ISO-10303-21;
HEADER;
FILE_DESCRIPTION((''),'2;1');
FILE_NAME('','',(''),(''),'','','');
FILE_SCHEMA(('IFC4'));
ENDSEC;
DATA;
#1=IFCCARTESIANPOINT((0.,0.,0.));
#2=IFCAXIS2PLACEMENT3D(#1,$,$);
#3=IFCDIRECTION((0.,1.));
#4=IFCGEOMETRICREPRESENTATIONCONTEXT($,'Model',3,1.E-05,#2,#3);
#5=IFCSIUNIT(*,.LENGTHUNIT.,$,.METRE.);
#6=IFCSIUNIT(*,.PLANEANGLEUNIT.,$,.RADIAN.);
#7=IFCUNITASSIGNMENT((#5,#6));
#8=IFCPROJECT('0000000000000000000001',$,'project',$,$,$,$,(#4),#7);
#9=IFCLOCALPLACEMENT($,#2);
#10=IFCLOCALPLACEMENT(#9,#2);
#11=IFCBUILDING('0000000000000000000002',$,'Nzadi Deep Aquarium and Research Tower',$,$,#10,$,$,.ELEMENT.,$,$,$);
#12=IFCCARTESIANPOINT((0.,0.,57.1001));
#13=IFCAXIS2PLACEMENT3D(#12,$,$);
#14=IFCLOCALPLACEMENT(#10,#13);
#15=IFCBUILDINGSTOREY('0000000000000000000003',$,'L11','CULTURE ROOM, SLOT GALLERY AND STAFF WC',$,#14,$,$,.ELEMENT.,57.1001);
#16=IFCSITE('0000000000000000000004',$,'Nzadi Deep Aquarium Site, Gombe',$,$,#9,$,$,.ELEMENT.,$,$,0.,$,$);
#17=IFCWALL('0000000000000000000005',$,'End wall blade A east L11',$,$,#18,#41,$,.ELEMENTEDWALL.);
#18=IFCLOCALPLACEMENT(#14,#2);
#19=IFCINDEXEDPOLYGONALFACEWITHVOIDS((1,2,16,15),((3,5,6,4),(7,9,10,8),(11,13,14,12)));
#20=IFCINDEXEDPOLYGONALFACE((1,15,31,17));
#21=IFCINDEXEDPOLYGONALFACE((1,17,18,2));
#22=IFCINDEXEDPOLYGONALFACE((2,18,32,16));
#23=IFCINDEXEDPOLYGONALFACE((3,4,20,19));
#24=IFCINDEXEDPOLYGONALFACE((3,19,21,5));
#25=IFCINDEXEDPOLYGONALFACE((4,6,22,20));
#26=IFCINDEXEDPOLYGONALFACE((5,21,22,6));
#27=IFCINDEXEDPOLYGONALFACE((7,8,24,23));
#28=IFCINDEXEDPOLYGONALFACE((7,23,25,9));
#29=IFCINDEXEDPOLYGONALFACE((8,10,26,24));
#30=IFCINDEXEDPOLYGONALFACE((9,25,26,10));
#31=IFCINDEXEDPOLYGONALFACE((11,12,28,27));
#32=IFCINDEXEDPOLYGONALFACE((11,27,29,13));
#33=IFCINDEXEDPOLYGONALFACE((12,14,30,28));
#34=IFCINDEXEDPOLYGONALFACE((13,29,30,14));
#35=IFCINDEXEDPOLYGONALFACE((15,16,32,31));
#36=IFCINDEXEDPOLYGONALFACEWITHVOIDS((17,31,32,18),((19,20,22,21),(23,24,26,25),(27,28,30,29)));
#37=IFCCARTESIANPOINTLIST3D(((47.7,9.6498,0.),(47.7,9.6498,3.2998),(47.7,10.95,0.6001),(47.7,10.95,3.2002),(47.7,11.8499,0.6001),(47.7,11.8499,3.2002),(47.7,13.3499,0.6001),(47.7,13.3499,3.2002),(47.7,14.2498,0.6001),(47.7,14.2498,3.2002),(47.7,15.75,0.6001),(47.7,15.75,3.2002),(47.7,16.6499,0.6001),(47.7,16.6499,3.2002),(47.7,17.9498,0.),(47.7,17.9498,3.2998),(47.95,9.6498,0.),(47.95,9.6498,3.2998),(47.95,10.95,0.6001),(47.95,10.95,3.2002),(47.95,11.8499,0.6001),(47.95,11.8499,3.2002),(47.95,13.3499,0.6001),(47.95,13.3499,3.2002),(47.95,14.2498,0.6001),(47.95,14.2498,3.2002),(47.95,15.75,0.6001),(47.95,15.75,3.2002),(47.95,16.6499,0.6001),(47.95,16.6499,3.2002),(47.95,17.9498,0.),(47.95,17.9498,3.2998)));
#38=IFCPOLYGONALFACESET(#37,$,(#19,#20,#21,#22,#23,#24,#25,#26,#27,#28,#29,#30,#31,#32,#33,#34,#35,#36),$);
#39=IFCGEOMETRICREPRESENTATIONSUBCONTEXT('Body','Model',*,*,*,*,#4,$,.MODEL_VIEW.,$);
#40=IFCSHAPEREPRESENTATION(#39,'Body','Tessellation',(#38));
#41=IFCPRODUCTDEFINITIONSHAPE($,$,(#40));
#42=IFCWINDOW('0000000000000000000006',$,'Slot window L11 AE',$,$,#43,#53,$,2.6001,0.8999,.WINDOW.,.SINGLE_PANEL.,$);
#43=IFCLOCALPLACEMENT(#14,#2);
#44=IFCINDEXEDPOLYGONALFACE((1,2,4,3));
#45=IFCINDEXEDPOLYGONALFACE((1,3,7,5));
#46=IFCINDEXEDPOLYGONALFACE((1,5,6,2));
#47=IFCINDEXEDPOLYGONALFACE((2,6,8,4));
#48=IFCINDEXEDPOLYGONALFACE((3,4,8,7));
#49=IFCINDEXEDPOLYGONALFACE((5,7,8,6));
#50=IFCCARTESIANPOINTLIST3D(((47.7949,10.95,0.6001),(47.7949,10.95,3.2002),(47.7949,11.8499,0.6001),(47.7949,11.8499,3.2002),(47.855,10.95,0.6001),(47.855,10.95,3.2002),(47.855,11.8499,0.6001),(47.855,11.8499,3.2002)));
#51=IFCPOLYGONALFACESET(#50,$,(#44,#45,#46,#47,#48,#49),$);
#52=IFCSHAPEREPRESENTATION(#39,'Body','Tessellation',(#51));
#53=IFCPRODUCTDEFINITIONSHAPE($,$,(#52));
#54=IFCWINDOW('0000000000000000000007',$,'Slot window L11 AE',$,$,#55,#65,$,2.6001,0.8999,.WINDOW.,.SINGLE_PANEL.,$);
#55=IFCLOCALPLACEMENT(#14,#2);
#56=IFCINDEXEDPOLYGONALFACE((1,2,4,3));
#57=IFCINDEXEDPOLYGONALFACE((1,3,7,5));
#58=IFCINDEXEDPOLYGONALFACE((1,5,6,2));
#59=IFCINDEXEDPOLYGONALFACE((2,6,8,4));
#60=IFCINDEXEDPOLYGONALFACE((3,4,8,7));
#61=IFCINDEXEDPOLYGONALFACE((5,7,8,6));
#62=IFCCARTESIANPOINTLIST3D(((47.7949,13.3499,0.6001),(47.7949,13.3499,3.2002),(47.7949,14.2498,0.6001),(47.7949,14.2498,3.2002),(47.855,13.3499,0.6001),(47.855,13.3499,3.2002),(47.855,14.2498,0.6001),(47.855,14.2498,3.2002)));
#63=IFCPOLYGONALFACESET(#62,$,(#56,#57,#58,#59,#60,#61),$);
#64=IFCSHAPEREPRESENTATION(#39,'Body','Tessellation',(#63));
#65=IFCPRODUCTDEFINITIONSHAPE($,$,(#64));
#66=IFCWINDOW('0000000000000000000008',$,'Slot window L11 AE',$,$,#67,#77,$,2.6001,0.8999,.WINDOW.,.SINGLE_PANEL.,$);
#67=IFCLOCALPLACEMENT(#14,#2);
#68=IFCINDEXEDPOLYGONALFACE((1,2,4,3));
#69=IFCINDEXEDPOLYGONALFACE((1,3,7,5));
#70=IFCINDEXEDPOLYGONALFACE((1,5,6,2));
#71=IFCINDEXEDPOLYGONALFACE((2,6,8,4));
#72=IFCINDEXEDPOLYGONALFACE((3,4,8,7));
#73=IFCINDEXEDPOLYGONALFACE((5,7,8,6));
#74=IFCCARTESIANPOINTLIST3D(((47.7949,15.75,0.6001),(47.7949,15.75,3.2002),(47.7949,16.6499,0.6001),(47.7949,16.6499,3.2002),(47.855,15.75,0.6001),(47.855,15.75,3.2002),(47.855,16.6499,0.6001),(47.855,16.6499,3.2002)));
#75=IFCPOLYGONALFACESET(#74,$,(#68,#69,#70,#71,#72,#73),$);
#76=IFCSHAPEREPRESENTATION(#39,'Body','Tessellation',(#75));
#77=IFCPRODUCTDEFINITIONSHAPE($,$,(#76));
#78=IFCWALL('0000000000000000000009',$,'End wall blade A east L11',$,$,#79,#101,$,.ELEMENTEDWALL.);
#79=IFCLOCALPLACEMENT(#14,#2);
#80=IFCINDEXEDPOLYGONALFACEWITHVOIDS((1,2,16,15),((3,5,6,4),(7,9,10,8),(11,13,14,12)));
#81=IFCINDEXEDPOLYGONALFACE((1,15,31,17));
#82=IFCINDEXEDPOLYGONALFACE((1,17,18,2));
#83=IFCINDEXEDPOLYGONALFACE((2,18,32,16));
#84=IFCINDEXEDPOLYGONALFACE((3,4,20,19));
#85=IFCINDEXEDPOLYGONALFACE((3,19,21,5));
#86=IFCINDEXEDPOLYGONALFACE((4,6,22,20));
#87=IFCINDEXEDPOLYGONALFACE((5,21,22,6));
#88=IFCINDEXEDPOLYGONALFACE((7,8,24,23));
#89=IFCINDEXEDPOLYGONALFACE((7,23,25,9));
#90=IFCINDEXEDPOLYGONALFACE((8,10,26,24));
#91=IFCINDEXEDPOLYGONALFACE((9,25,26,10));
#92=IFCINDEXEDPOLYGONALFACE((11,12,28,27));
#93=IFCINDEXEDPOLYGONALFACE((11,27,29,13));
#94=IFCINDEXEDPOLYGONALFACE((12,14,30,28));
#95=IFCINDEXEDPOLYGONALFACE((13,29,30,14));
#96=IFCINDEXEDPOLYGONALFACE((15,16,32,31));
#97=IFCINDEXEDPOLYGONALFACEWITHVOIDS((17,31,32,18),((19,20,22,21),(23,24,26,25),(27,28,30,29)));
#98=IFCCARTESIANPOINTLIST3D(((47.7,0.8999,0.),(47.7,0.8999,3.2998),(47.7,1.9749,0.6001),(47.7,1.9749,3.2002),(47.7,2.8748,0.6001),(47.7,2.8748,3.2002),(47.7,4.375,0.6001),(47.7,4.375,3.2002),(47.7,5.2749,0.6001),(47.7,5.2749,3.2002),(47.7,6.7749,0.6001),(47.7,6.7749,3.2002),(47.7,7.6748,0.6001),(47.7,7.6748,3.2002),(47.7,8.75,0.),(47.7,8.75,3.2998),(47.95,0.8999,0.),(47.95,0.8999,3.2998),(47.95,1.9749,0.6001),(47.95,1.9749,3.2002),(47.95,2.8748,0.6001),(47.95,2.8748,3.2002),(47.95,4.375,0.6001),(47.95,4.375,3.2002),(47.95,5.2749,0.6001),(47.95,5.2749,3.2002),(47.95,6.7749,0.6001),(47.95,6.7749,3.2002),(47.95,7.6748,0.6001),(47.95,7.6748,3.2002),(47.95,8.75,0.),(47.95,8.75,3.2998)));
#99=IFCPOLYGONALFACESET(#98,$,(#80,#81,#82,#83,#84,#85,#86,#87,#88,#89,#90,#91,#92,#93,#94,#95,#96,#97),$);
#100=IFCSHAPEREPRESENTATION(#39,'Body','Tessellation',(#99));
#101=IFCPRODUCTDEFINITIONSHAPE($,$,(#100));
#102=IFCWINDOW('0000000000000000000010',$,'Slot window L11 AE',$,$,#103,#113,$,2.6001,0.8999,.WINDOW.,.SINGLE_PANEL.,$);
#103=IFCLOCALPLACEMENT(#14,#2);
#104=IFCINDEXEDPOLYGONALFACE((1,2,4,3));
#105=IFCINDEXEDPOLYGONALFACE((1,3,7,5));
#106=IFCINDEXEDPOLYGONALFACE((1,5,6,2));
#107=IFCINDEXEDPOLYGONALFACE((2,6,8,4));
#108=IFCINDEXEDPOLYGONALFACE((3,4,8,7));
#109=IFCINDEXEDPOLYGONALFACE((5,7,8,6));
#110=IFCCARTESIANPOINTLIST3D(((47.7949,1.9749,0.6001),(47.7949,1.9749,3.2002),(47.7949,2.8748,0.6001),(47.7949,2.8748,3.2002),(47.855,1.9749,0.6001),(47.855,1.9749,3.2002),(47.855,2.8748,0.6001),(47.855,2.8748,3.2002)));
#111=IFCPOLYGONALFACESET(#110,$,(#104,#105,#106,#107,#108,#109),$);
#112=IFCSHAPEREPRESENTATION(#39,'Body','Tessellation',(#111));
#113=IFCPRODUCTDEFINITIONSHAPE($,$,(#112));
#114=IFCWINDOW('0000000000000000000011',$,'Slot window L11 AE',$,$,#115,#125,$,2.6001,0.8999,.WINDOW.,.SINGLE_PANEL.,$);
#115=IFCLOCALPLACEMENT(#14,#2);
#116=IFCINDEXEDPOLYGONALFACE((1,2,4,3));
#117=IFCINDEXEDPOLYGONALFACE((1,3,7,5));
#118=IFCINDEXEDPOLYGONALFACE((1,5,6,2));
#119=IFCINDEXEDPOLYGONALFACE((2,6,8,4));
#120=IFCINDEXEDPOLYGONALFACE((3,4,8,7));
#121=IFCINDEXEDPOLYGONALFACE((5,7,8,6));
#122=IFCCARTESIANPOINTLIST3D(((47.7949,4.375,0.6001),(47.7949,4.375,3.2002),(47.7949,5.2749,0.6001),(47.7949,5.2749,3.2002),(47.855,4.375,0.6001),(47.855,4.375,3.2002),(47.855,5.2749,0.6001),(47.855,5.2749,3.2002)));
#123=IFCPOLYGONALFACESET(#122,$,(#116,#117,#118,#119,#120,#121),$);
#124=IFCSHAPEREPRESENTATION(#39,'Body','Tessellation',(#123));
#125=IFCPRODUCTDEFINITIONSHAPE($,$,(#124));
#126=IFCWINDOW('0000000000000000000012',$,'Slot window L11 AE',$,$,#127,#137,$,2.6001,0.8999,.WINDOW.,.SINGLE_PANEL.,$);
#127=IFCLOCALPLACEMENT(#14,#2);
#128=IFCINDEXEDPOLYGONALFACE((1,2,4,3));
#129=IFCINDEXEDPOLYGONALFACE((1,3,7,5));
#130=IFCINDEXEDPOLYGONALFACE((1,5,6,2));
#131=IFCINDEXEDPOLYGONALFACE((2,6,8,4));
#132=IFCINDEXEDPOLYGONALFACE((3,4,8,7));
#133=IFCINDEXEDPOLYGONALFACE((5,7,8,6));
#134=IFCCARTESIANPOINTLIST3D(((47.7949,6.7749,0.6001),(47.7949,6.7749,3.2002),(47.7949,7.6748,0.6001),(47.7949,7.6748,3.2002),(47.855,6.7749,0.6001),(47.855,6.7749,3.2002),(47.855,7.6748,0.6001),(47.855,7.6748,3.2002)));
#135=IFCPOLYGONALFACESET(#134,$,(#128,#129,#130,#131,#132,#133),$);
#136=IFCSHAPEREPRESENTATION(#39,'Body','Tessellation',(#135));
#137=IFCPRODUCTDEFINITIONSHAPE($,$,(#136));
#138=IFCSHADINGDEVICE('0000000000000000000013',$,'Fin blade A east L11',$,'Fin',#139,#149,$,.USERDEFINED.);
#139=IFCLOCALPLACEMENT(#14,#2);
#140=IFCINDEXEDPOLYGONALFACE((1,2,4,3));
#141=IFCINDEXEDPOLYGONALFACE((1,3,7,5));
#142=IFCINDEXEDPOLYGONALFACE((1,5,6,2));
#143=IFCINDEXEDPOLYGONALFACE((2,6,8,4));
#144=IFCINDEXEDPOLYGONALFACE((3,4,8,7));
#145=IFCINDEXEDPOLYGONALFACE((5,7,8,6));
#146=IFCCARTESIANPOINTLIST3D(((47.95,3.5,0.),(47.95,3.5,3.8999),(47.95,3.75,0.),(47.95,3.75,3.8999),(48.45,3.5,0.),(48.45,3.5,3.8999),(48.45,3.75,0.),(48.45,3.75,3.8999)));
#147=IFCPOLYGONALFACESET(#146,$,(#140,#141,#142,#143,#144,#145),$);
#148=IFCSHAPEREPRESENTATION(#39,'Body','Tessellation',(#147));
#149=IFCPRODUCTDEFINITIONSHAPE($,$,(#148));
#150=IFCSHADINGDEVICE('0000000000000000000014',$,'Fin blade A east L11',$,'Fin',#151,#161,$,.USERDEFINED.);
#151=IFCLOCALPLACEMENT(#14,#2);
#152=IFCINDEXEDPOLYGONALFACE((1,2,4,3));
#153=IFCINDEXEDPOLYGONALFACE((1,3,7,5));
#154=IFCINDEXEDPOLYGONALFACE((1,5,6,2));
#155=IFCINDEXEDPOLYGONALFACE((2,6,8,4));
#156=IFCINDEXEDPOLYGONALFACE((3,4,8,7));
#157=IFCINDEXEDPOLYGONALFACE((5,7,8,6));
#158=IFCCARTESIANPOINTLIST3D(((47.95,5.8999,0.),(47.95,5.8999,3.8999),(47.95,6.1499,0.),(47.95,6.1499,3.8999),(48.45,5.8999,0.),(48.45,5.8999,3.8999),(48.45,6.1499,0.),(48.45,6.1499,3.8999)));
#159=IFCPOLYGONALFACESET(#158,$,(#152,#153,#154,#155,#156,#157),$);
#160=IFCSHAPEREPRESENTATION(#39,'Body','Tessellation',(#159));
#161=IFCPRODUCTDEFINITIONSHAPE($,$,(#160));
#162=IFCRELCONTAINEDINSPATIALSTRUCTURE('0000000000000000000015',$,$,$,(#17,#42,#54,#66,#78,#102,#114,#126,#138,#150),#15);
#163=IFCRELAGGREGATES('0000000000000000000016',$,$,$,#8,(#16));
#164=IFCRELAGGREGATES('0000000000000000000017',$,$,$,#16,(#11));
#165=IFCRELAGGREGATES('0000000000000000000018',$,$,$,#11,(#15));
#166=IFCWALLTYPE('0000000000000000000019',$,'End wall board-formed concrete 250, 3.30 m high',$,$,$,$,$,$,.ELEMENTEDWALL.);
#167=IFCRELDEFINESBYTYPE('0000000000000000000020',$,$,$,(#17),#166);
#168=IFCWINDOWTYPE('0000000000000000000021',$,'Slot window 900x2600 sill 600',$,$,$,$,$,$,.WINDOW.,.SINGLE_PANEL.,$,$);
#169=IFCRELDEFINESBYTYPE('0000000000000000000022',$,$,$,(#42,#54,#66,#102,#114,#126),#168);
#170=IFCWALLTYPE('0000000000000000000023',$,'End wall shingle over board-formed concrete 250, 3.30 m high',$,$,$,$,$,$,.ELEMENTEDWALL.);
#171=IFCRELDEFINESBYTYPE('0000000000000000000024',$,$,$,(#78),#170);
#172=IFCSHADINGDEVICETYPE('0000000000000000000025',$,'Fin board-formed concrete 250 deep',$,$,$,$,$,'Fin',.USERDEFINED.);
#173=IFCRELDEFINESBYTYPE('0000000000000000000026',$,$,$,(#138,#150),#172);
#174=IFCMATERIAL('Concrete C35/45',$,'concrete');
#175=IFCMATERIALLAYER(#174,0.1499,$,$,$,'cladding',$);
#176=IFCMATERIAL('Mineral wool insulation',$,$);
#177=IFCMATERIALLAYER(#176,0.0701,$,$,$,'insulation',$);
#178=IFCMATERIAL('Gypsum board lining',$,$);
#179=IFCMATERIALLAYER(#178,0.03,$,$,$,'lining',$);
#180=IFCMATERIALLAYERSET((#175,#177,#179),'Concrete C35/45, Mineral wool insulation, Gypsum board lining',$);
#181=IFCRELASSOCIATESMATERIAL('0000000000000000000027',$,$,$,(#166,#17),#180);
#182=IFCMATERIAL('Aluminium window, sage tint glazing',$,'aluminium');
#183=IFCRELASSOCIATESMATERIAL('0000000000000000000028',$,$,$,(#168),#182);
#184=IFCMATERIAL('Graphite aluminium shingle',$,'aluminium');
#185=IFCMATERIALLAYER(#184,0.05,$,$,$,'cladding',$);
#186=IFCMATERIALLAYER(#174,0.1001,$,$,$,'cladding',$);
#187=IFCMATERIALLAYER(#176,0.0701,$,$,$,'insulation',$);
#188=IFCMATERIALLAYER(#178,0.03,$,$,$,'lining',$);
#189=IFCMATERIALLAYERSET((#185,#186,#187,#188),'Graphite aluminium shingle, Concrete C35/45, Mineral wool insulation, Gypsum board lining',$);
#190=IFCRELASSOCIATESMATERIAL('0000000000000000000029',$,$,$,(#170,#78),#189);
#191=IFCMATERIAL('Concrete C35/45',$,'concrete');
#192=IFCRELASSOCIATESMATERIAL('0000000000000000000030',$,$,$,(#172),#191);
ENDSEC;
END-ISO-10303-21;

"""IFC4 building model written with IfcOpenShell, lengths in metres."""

from ifc_helpers import new_model, si_unit, direction, frame, frame_2d, origin, origin_2d, place, context, subcontext, project, spatial, rectangle, extrude, material, layer, layer_set, layer_usage, type_object, element, fill, save


model = new_model("IFC4")

# Units and contexts
model_context = context("Model", 3, precision=1e-05, world=origin(), true_north=direction((0.0, 1.0)))
body_context = subcontext(model_context, "Body", "Model", "MODEL_VIEW")
ifc_project = project(units=[si_unit("LENGTHUNIT", "METRE"), si_unit("PLANEANGLEUNIT", "RADIAN")], contexts=[model_context])

# Site, building, storey
site_placement = place(None, origin())
site = spatial("IfcSite", under=ifc_project, at=site_placement, Name="Nzadi Deep Aquarium Site, Gombe", CompositionType="ELEMENT", RefElevation=0.0)
building_placement = place(site_placement, origin())
building = spatial("IfcBuilding", under=site, at=building_placement, Name="Nzadi Deep Aquarium and Research Tower", CompositionType="ELEMENT")
storey_placement = place(building_placement, frame((0.0, 0.0, 57.1001)))
storey = spatial("IfcBuildingStorey", under=building, at=storey_placement, Name="L11", Description="CULTURE ROOM, SLOT GALLERY AND STAFF WC", CompositionType="ELEMENT", Elevation=57.1001)

# Walls, openings, windows
ifc_material_1 = material(Name="Concrete C35/45", Category="concrete")
ifc_layer_1 = layer(ifc_material_1, 0.1499, Category="cladding")
ifc_material_2 = material(Name="Mineral wool insulation")
ifc_layer_2 = layer(ifc_material_2, 0.0701, Category="insulation")
ifc_material_3 = material(Name="Gypsum board lining")
ifc_layer_3 = layer(ifc_material_3, 0.03, Category="lining")
ifc_layer_set_1 = layer_set([ifc_layer_1, ifc_layer_2, ifc_layer_3], Name="Concrete C35/45, Mineral wool insulation, Gypsum board lining")
ifc_layer_usage_1 = layer_usage(ifc_layer_set_1, "AXIS2", "POSITIVE", -0.125)
wall_type_1 = type_object("IfcWallType", Name="End wall board-formed concrete 250, 3.30 m high", PredefinedType="ELEMENTEDWALL", material=ifc_layer_set_1)
wall_1_placement = place(storey_placement, frame((47.825, 9.6499, 0.0), z_axis=(0.0, 0.0, 1.0), x_axis=(0.0, 1.0, 0.0)))
wall_1 = element("IfcWall", 1, at=wall_1_placement, inside=storey, type_object=wall_type_1, material=ifc_layer_usage_1, Name="End wall blade A east L11", PredefinedType="ELEMENTEDWALL", context=body_context, shape_type="SweptSolid", body=[
    extrude(rectangle(XDim=8.3, YDim=0.25, at=frame_2d((4.1499, 0.0))), origin(), (0.0, 0.0, 1.0), 3.2998),
])
opening_1_placement = place(wall_1_placement, frame((1.3, 0.0, 0.6001)))
opening_1 = element("IfcOpeningElement", 2, at=opening_1_placement, cuts=wall_1, PredefinedType="OPENING", context=body_context, shape_type="SweptSolid", body=[
    extrude(rectangle(XDim=0.8999, YDim=2.6001, at=frame_2d((0.45, 1.3))), frame((0.0, 0.135, 0.0), z_axis=(0.0, -1.0, 0.0), x_axis=(1.0, 0.0, 0.0)), (0.0, 0.0, 1.0), 0.27),
])
opening_2_placement = place(wall_1_placement, frame((3.7, 0.0, 0.6001)))
opening_2 = element("IfcOpeningElement", 3, at=opening_2_placement, cuts=wall_1, PredefinedType="OPENING", context=body_context, shape_type="SweptSolid", body=[
    extrude(rectangle(XDim=0.8999, YDim=2.6001, at=frame_2d((0.45, 1.3))), frame((0.0, 0.135, 0.0), z_axis=(0.0, -1.0, 0.0), x_axis=(1.0, 0.0, 0.0)), (0.0, 0.0, 1.0), 0.27),
])
opening_3_placement = place(wall_1_placement, frame((6.1001, 0.0, 0.6001)))
opening_3 = element("IfcOpeningElement", 4, at=opening_3_placement, cuts=wall_1, PredefinedType="OPENING", context=body_context, shape_type="SweptSolid", body=[
    extrude(rectangle(XDim=0.8999, YDim=2.6001, at=frame_2d((0.45, 1.3))), frame((0.0, 0.135, 0.0), z_axis=(0.0, -1.0, 0.0), x_axis=(1.0, 0.0, 0.0)), (0.0, 0.0, 1.0), 0.27),
])
ifc_material_4 = material(Name="Aluminium window, sage tint glazing", Category="aluminium")
window_type = type_object("IfcWindowType", Name="Slot window 900x2600 sill 600", PartitioningType="SINGLE_PANEL", PredefinedType="WINDOW", material=ifc_material_4)
window_1_placement = place(opening_1_placement, origin())
window_1 = element("IfcWindow", 5, at=window_1_placement, inside=storey, type_object=window_type, Name="Slot window L11 AE", OverallHeight=2.6001, OverallWidth=0.8999, PartitioningType="SINGLE_PANEL", PredefinedType="WINDOW", context=body_context, shape_type="SweptSolid", body=[
    extrude(rectangle(XDim=0.8999, YDim=2.6001, at=frame_2d((0.45, 1.3))), frame((0.0, 0.03, 0.0), z_axis=(0.0, -1.0, 0.0), x_axis=(1.0, 0.0, 0.0)), (0.0, 0.0, 1.0), 0.0601),
])
fill(opening_1, window_1)
window_2_placement = place(opening_2_placement, origin())
window_2 = element("IfcWindow", 6, at=window_2_placement, inside=storey, type_object=window_type, Name="Slot window L11 AE", OverallHeight=2.6001, OverallWidth=0.8999, PartitioningType="SINGLE_PANEL", PredefinedType="WINDOW", context=body_context, shape_type="SweptSolid", body=[
    extrude(rectangle(XDim=0.8999, YDim=2.6001, at=frame_2d((0.45, 1.3))), frame((0.0, 0.03, 0.0), z_axis=(0.0, -1.0, 0.0), x_axis=(1.0, 0.0, 0.0)), (0.0, 0.0, 1.0), 0.0601),
])
fill(opening_2, window_2)
window_3_placement = place(opening_3_placement, origin())
window_3 = element("IfcWindow", 7, at=window_3_placement, inside=storey, type_object=window_type, Name="Slot window L11 AE", OverallHeight=2.6001, OverallWidth=0.8999, PartitioningType="SINGLE_PANEL", PredefinedType="WINDOW", context=body_context, shape_type="SweptSolid", body=[
    extrude(rectangle(XDim=0.8999, YDim=2.6001, at=frame_2d((0.45, 1.3))), frame((0.0, 0.03, 0.0), z_axis=(0.0, -1.0, 0.0), x_axis=(1.0, 0.0, 0.0)), (0.0, 0.0, 1.0), 0.0601),
])
fill(opening_3, window_3)
ifc_material_5 = material(Name="Graphite aluminium shingle", Category="aluminium")
ifc_layer_4 = layer(ifc_material_5, 0.05, Category="cladding")
ifc_layer_5 = layer(ifc_material_1, 0.1001, Category="cladding")
ifc_layer_6 = layer(ifc_material_2, 0.0701, Category="insulation")
ifc_layer_7 = layer(ifc_material_3, 0.03, Category="lining")
ifc_layer_set_2 = layer_set([ifc_layer_4, ifc_layer_5, ifc_layer_6, ifc_layer_7], Name="Graphite aluminium shingle, Concrete C35/45, Mineral wool insulation, Gypsum board lining")
ifc_layer_usage_2 = layer_usage(ifc_layer_set_2, "AXIS2", "POSITIVE", -0.125)
wall_type_2 = type_object("IfcWallType", Name="End wall shingle over board-formed concrete 250, 3.30 m high", PredefinedType="ELEMENTEDWALL", material=ifc_layer_set_2)
wall_2_placement = place(storey_placement, frame((47.825, 0.8999, 0.0), z_axis=(0.0, 0.0, 1.0), x_axis=(0.0, 1.0, 0.0)))
wall_2 = element("IfcWall", 8, at=wall_2_placement, inside=storey, type_object=wall_type_2, material=ifc_layer_usage_2, Name="End wall blade A east L11", PredefinedType="ELEMENTEDWALL", context=body_context, shape_type="SweptSolid", body=[
    extrude(rectangle(XDim=7.8501, YDim=0.25, at=frame_2d((3.925, 0.0))), origin(), (0.0, 0.0, 1.0), 3.2998),
])
opening_4_placement = place(wall_2_placement, frame((1.075, 0.0, 0.6001)))
opening_4 = element("IfcOpeningElement", 9, at=opening_4_placement, cuts=wall_2, PredefinedType="OPENING", context=body_context, shape_type="SweptSolid", body=[
    extrude(rectangle(XDim=0.8999, YDim=2.6001, at=frame_2d((0.45, 1.3))), frame((0.0, 0.135, 0.0), z_axis=(0.0, -1.0, 0.0), x_axis=(1.0, 0.0, 0.0)), (0.0, 0.0, 1.0), 0.27),
])
opening_5_placement = place(wall_2_placement, frame((3.4751, 0.0, 0.6001)))
opening_5 = element("IfcOpeningElement", 10, at=opening_5_placement, cuts=wall_2, PredefinedType="OPENING", context=body_context, shape_type="SweptSolid", body=[
    extrude(rectangle(XDim=0.8999, YDim=2.6001, at=frame_2d((0.45, 1.3))), frame((0.0, 0.135, 0.0), z_axis=(0.0, -1.0, 0.0), x_axis=(1.0, 0.0, 0.0)), (0.0, 0.0, 1.0), 0.27),
])
opening_6_placement = place(wall_2_placement, frame((5.875, 0.0, 0.6001)))
opening_6 = element("IfcOpeningElement", 11, at=opening_6_placement, cuts=wall_2, PredefinedType="OPENING", context=body_context, shape_type="SweptSolid", body=[
    extrude(rectangle(XDim=0.8999, YDim=2.6001, at=frame_2d((0.45, 1.3))), frame((0.0, 0.135, 0.0), z_axis=(0.0, -1.0, 0.0), x_axis=(1.0, 0.0, 0.0)), (0.0, 0.0, 1.0), 0.27),
])
window_4_placement = place(opening_4_placement, origin())
window_4 = element("IfcWindow", 12, at=window_4_placement, inside=storey, type_object=window_type, Name="Slot window L11 AE", OverallHeight=2.6001, OverallWidth=0.8999, PartitioningType="SINGLE_PANEL", PredefinedType="WINDOW", context=body_context, shape_type="SweptSolid", body=[
    extrude(rectangle(XDim=0.8999, YDim=2.6001, at=frame_2d((0.45, 1.3))), frame((0.0, 0.03, 0.0), z_axis=(0.0, -1.0, 0.0), x_axis=(1.0, 0.0, 0.0)), (0.0, 0.0, 1.0), 0.0601),
])
fill(opening_4, window_4)
window_5_placement = place(opening_5_placement, origin())
window_5 = element("IfcWindow", 13, at=window_5_placement, inside=storey, type_object=window_type, Name="Slot window L11 AE", OverallHeight=2.6001, OverallWidth=0.8999, PartitioningType="SINGLE_PANEL", PredefinedType="WINDOW", context=body_context, shape_type="SweptSolid", body=[
    extrude(rectangle(XDim=0.8999, YDim=2.6001, at=frame_2d((0.45, 1.3))), frame((0.0, 0.03, 0.0), z_axis=(0.0, -1.0, 0.0), x_axis=(1.0, 0.0, 0.0)), (0.0, 0.0, 1.0), 0.0601),
])
fill(opening_5, window_5)
window_6_placement = place(opening_6_placement, origin())
window_6 = element("IfcWindow", 14, at=window_6_placement, inside=storey, type_object=window_type, Name="Slot window L11 AE", OverallHeight=2.6001, OverallWidth=0.8999, PartitioningType="SINGLE_PANEL", PredefinedType="WINDOW", context=body_context, shape_type="SweptSolid", body=[
    extrude(rectangle(XDim=0.8999, YDim=2.6001, at=frame_2d((0.45, 1.3))), frame((0.0, 0.03, 0.0), z_axis=(0.0, -1.0, 0.0), x_axis=(1.0, 0.0, 0.0)), (0.0, 0.0, 1.0), 0.0601),
])
fill(opening_6, window_6)

# Shading devices
ifc_material_6 = material(Name="Concrete C35/45", Category="concrete")
shading_device_type = type_object("IfcShadingDeviceType", Name="Fin board-formed concrete 250 deep", ElementType="Fin", PredefinedType="USERDEFINED", material=ifc_material_6)
for number, where, z_axis, x_axis, name in (
    (15, (48.2, 3.625, 0.0), (0.0, 0.0, 1.0), (1.0, 0.0, 0.0), "Fin blade A east L11"),
    (16, (48.2, 6.0249, 0.0), (0.0, 0.0, 1.0), (1.0, 0.0, 0.0), "Fin blade A east L11"),
):
    element("IfcShadingDevice", number, at=place(storey_placement, frame(where, z_axis=z_axis, x_axis=x_axis)), inside=storey, type_object=shading_device_type, Name=name, ObjectType="Fin", PredefinedType="USERDEFINED", context=body_context, shape_type="SweptSolid", body=[
        extrude(rectangle(XDim=0.5, YDim=0.25, at=origin_2d()), origin(), (0.0, 0.0, 1.0), 3.8999),
    ])

save(model, "model.ifc")
